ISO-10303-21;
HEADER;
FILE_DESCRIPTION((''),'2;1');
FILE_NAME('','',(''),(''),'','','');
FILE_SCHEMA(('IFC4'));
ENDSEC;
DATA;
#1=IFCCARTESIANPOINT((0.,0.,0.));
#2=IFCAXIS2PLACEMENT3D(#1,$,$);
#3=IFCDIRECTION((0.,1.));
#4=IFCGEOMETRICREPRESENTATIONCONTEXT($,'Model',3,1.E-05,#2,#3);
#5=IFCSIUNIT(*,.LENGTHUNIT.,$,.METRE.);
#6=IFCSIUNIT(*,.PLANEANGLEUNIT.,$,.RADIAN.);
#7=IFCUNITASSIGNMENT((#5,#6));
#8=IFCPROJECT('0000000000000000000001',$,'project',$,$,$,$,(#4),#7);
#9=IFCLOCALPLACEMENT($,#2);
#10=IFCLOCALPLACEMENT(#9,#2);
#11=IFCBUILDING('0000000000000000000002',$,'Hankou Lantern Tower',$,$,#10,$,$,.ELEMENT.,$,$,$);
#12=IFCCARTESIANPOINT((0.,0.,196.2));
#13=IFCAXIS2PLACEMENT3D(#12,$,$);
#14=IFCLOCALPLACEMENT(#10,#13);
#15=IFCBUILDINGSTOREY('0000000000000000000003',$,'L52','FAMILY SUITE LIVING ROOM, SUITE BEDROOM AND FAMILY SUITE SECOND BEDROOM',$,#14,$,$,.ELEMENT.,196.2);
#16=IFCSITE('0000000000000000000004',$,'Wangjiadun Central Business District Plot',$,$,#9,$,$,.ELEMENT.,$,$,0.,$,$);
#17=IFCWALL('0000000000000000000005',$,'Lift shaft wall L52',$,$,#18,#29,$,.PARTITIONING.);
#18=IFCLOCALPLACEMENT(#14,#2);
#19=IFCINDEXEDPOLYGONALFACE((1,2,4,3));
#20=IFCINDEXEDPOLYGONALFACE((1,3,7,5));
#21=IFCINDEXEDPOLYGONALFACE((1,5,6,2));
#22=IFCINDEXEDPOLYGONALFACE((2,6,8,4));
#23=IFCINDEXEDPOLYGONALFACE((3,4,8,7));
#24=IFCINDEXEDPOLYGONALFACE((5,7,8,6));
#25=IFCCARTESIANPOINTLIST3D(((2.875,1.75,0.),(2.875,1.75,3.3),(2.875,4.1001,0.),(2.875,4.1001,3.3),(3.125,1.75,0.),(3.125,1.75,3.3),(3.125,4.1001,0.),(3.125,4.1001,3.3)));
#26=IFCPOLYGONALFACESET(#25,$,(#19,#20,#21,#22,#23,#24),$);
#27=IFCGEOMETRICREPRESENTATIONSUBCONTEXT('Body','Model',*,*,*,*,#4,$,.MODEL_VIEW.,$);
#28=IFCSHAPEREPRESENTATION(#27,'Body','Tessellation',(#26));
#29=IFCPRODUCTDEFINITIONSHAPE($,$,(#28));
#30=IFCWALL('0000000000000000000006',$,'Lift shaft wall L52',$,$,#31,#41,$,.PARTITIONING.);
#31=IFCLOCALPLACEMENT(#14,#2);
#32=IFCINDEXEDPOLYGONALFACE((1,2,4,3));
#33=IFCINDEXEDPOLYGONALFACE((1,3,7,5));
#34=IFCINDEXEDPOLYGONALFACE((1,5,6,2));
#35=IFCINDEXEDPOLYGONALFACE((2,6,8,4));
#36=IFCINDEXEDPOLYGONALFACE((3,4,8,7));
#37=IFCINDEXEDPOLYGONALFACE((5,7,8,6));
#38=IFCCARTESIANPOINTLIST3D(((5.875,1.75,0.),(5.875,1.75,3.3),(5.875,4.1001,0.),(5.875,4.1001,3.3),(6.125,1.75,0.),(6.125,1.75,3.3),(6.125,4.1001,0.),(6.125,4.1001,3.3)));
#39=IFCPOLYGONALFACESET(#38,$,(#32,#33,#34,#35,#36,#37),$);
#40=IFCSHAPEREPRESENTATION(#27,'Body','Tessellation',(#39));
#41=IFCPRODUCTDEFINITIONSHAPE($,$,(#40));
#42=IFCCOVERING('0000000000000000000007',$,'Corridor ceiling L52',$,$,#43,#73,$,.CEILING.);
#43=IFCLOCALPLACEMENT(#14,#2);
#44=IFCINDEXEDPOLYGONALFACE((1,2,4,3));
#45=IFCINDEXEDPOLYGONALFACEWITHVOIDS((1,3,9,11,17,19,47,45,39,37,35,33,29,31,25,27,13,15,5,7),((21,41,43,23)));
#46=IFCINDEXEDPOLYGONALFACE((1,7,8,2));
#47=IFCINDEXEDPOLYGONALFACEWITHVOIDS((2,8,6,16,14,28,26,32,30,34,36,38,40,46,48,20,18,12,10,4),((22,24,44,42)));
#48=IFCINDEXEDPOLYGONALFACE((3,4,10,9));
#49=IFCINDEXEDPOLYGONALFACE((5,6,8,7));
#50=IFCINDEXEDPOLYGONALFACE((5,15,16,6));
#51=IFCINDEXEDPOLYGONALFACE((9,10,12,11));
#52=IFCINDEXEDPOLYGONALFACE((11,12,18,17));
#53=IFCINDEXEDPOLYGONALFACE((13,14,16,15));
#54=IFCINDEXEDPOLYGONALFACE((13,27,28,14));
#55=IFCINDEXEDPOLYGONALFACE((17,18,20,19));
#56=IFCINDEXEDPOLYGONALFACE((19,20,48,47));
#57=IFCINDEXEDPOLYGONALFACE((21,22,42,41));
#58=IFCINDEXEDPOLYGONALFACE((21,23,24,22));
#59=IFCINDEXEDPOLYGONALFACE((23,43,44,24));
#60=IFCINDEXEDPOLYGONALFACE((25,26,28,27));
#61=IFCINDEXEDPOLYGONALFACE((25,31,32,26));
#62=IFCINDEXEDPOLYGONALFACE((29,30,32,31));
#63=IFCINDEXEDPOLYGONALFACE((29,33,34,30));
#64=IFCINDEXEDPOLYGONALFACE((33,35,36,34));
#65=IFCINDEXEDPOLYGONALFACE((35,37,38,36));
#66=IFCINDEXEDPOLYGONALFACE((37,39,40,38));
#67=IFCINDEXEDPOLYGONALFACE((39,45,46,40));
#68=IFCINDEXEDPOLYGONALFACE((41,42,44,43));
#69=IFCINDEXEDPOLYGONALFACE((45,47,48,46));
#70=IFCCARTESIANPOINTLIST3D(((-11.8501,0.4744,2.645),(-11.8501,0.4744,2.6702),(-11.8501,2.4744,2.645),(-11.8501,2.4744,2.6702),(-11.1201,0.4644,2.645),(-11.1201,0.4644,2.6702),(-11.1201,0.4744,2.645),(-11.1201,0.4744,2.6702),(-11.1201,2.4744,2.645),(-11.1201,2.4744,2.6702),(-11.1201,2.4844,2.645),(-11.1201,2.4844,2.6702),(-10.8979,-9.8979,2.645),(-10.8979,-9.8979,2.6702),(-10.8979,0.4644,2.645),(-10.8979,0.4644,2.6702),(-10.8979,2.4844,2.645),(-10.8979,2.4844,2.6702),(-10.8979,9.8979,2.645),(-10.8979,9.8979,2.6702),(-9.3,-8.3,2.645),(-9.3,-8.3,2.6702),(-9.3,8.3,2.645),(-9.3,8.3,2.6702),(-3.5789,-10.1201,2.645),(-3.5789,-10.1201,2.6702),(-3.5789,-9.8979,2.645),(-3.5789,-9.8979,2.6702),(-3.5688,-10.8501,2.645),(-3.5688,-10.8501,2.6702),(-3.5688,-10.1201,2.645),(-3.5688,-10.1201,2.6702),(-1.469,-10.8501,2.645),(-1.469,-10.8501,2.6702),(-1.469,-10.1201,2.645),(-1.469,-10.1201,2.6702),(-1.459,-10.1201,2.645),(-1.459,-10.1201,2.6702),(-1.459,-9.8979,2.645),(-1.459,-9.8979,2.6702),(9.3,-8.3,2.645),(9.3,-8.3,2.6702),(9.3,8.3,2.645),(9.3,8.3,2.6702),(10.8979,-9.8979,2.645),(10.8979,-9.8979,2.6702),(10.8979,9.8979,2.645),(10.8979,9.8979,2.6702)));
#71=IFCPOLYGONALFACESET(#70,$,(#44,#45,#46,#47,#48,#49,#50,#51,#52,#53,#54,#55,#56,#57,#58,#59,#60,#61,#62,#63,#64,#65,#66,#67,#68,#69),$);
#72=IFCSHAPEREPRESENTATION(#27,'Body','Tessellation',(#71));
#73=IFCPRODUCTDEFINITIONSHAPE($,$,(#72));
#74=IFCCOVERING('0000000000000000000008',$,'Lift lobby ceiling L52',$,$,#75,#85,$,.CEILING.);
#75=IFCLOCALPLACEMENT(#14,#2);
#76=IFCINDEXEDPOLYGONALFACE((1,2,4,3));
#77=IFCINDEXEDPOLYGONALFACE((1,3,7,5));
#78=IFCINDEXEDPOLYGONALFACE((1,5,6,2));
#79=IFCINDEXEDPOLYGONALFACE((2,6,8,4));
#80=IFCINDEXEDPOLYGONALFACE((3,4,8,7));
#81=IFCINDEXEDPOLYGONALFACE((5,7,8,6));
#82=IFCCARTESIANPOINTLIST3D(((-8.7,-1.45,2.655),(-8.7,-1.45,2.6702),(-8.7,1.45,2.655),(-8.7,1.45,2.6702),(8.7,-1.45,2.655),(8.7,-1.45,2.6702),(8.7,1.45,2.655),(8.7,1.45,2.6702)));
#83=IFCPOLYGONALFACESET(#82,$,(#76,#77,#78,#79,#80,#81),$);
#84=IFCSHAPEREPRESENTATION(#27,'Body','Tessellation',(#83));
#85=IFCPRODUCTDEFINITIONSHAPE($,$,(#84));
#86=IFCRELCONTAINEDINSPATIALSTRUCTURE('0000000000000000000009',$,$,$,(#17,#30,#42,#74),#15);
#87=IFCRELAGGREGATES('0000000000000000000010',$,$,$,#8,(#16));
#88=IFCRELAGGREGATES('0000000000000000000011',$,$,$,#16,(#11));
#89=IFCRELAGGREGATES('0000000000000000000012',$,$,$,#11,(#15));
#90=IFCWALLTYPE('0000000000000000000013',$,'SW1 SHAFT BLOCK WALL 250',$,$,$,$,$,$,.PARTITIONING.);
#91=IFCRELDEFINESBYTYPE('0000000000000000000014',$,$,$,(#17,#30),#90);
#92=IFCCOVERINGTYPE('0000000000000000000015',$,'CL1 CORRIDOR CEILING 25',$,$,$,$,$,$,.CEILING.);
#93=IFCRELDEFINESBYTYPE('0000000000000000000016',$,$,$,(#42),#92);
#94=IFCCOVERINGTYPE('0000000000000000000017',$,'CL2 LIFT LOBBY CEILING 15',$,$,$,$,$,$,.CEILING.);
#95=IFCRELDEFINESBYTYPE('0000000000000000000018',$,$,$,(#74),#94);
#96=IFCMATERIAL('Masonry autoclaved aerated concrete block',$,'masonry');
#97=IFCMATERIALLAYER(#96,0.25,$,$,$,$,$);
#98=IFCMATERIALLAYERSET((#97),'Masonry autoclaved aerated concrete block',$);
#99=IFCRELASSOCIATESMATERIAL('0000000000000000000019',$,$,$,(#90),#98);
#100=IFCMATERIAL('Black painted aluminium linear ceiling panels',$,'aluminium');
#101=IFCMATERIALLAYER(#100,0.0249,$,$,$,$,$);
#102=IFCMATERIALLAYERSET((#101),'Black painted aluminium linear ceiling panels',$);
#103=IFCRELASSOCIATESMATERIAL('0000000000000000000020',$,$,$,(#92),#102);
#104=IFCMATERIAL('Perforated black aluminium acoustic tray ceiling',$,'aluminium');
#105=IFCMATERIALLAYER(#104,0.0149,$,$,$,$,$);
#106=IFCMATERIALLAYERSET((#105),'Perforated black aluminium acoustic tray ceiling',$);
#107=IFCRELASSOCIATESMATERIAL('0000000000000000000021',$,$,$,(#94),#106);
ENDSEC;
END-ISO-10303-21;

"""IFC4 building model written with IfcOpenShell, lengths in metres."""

from ifc_helpers import new_model, si_unit, direction, frame, frame_2d, origin, place, context, subcontext, project, spatial, polyline, rectangle, outline, extrude, material, layer, layer_set, type_object, element, save


model = new_model("IFC4")

# Units and contexts
model_context = context("Model", 3, precision=1e-05, world=origin(), true_north=direction((0.0, 1.0)))
body_context = subcontext(model_context, "Body", "Model", "MODEL_VIEW")
ifc_project = project(units=[si_unit("LENGTHUNIT", "METRE"), si_unit("PLANEANGLEUNIT", "RADIAN")], contexts=[model_context])

# Site, building, storey
site_placement = place(None, origin())
site = spatial("IfcSite", under=ifc_project, at=site_placement, Name="Wangjiadun Central Business District Plot", CompositionType="ELEMENT", RefElevation=0.0)
building_placement = place(site_placement, origin())
building = spatial("IfcBuilding", under=site, at=building_placement, Name="Hankou Lantern Tower", CompositionType="ELEMENT")
storey_placement = place(building_placement, frame((0.0, 0.0, 196.2)))
storey = spatial("IfcBuildingStorey", under=building, at=storey_placement, Name="L52", Description="FAMILY SUITE LIVING ROOM, SUITE BEDROOM AND FAMILY SUITE SECOND BEDROOM", CompositionType="ELEMENT", Elevation=196.2)

# Walls
ifc_material_1 = material(Name="Masonry autoclaved aerated concrete block", Category="masonry")
ifc_layer_1 = layer(ifc_material_1, 0.25)
ifc_layer_set_1 = layer_set([ifc_layer_1], Name="Masonry autoclaved aerated concrete block")
wall_type_1 = type_object("IfcWallType", Name="SW1 SHAFT BLOCK WALL 250", PredefinedType="PARTITIONING", material=ifc_layer_set_1)
for number, where, z_axis, x_axis, name in (
    (1, (3.0, 1.75, 0.0), (0.0, 0.0, 1.0), (0.0, 1.0, 0.0), "Lift shaft wall L52"),
    (2, (6.0, 1.75, 0.0), (0.0, 0.0, 1.0), (0.0, 1.0, 0.0), "Lift shaft wall L52"),
):
    element("IfcWall", number, at=place(storey_placement, frame(where, z_axis=z_axis, x_axis=x_axis)), inside=storey, type_object=wall_type_1, Name=name, PredefinedType="PARTITIONING", context=body_context, shape_type="SweptSolid", body=[
        extrude(rectangle(XDim=2.3501, YDim=0.25, at=frame_2d((1.175, 0.0))), origin(), (0.0, 0.0, 1.0), 3.3),
    ])

# Coverings
ifc_material_2 = material(Name="Black painted aluminium linear ceiling panels", Category="aluminium")
ifc_layer_2 = layer(ifc_material_2, 0.0249)
ifc_layer_set_2 = layer_set([ifc_layer_2], Name="Black painted aluminium linear ceiling panels")
covering_type_1 = type_object("IfcCoveringType", Name="CL1 CORRIDOR CEILING 25", PredefinedType="CEILING", material=ifc_layer_set_2)
covering_1_placement = place(storey_placement, frame((0.0, 0.0, 2.645)))
element("IfcCovering", 3, at=covering_1_placement, inside=storey, type_object=covering_type_1, Name="Corridor ceiling L52", PredefinedType="CEILING", context=body_context, shape_type="SweptSolid", body=[
    extrude(outline(polyline([(-3.5688, -10.8501), (-1.469, -10.8501), (-1.469, -10.1201), (-1.459, -10.1201), (-1.459, -9.8979), (10.8979, -9.8979), (10.8979, 9.8979), (-10.8979, 9.8979), (-10.8979, 2.4844), (-11.1201, 2.4844), (-11.1201, 2.4744), (-11.8501, 2.4744), (-11.8501, 0.4744), (-11.1201, 0.4744), (-11.1201, 0.4644), (-10.8979, 0.4644), (-10.8979, -9.8979), (-3.5789, -9.8979), (-3.5789, -10.1201), (-3.5688, -10.1201), (-3.5688, -10.8501)]), holes=[polyline([(-9.3, 8.3), (9.3, 8.3), (9.3, -8.3), (-9.3, -8.3), (-9.3, 8.3)])]), origin(), (0.0, 0.0, 1.0), 0.0251),
])
ifc_material_3 = material(Name="Perforated black aluminium acoustic tray ceiling", Category="aluminium")
ifc_layer_3 = layer(ifc_material_3, 0.0149)
ifc_layer_set_3 = layer_set([ifc_layer_3], Name="Perforated black aluminium acoustic tray ceiling")
covering_type_2 = type_object("IfcCoveringType", Name="CL2 LIFT LOBBY CEILING 15", PredefinedType="CEILING", material=ifc_layer_set_3)
covering_2_placement = place(storey_placement, frame((0.0, 0.0, 2.655)))
element("IfcCovering", 4, at=covering_2_placement, inside=storey, type_object=covering_type_2, Name="Lift lobby ceiling L52", PredefinedType="CEILING", context=body_context, shape_type="SweptSolid", body=[
    extrude(outline(polyline([(-8.7, -1.45), (8.7, -1.45), (8.7, 1.45), (-8.7, 1.45), (-8.7, -1.45)])), origin(), (0.0, 0.0, 1.0), 0.0151),
])

save(model, "model.ifc")
